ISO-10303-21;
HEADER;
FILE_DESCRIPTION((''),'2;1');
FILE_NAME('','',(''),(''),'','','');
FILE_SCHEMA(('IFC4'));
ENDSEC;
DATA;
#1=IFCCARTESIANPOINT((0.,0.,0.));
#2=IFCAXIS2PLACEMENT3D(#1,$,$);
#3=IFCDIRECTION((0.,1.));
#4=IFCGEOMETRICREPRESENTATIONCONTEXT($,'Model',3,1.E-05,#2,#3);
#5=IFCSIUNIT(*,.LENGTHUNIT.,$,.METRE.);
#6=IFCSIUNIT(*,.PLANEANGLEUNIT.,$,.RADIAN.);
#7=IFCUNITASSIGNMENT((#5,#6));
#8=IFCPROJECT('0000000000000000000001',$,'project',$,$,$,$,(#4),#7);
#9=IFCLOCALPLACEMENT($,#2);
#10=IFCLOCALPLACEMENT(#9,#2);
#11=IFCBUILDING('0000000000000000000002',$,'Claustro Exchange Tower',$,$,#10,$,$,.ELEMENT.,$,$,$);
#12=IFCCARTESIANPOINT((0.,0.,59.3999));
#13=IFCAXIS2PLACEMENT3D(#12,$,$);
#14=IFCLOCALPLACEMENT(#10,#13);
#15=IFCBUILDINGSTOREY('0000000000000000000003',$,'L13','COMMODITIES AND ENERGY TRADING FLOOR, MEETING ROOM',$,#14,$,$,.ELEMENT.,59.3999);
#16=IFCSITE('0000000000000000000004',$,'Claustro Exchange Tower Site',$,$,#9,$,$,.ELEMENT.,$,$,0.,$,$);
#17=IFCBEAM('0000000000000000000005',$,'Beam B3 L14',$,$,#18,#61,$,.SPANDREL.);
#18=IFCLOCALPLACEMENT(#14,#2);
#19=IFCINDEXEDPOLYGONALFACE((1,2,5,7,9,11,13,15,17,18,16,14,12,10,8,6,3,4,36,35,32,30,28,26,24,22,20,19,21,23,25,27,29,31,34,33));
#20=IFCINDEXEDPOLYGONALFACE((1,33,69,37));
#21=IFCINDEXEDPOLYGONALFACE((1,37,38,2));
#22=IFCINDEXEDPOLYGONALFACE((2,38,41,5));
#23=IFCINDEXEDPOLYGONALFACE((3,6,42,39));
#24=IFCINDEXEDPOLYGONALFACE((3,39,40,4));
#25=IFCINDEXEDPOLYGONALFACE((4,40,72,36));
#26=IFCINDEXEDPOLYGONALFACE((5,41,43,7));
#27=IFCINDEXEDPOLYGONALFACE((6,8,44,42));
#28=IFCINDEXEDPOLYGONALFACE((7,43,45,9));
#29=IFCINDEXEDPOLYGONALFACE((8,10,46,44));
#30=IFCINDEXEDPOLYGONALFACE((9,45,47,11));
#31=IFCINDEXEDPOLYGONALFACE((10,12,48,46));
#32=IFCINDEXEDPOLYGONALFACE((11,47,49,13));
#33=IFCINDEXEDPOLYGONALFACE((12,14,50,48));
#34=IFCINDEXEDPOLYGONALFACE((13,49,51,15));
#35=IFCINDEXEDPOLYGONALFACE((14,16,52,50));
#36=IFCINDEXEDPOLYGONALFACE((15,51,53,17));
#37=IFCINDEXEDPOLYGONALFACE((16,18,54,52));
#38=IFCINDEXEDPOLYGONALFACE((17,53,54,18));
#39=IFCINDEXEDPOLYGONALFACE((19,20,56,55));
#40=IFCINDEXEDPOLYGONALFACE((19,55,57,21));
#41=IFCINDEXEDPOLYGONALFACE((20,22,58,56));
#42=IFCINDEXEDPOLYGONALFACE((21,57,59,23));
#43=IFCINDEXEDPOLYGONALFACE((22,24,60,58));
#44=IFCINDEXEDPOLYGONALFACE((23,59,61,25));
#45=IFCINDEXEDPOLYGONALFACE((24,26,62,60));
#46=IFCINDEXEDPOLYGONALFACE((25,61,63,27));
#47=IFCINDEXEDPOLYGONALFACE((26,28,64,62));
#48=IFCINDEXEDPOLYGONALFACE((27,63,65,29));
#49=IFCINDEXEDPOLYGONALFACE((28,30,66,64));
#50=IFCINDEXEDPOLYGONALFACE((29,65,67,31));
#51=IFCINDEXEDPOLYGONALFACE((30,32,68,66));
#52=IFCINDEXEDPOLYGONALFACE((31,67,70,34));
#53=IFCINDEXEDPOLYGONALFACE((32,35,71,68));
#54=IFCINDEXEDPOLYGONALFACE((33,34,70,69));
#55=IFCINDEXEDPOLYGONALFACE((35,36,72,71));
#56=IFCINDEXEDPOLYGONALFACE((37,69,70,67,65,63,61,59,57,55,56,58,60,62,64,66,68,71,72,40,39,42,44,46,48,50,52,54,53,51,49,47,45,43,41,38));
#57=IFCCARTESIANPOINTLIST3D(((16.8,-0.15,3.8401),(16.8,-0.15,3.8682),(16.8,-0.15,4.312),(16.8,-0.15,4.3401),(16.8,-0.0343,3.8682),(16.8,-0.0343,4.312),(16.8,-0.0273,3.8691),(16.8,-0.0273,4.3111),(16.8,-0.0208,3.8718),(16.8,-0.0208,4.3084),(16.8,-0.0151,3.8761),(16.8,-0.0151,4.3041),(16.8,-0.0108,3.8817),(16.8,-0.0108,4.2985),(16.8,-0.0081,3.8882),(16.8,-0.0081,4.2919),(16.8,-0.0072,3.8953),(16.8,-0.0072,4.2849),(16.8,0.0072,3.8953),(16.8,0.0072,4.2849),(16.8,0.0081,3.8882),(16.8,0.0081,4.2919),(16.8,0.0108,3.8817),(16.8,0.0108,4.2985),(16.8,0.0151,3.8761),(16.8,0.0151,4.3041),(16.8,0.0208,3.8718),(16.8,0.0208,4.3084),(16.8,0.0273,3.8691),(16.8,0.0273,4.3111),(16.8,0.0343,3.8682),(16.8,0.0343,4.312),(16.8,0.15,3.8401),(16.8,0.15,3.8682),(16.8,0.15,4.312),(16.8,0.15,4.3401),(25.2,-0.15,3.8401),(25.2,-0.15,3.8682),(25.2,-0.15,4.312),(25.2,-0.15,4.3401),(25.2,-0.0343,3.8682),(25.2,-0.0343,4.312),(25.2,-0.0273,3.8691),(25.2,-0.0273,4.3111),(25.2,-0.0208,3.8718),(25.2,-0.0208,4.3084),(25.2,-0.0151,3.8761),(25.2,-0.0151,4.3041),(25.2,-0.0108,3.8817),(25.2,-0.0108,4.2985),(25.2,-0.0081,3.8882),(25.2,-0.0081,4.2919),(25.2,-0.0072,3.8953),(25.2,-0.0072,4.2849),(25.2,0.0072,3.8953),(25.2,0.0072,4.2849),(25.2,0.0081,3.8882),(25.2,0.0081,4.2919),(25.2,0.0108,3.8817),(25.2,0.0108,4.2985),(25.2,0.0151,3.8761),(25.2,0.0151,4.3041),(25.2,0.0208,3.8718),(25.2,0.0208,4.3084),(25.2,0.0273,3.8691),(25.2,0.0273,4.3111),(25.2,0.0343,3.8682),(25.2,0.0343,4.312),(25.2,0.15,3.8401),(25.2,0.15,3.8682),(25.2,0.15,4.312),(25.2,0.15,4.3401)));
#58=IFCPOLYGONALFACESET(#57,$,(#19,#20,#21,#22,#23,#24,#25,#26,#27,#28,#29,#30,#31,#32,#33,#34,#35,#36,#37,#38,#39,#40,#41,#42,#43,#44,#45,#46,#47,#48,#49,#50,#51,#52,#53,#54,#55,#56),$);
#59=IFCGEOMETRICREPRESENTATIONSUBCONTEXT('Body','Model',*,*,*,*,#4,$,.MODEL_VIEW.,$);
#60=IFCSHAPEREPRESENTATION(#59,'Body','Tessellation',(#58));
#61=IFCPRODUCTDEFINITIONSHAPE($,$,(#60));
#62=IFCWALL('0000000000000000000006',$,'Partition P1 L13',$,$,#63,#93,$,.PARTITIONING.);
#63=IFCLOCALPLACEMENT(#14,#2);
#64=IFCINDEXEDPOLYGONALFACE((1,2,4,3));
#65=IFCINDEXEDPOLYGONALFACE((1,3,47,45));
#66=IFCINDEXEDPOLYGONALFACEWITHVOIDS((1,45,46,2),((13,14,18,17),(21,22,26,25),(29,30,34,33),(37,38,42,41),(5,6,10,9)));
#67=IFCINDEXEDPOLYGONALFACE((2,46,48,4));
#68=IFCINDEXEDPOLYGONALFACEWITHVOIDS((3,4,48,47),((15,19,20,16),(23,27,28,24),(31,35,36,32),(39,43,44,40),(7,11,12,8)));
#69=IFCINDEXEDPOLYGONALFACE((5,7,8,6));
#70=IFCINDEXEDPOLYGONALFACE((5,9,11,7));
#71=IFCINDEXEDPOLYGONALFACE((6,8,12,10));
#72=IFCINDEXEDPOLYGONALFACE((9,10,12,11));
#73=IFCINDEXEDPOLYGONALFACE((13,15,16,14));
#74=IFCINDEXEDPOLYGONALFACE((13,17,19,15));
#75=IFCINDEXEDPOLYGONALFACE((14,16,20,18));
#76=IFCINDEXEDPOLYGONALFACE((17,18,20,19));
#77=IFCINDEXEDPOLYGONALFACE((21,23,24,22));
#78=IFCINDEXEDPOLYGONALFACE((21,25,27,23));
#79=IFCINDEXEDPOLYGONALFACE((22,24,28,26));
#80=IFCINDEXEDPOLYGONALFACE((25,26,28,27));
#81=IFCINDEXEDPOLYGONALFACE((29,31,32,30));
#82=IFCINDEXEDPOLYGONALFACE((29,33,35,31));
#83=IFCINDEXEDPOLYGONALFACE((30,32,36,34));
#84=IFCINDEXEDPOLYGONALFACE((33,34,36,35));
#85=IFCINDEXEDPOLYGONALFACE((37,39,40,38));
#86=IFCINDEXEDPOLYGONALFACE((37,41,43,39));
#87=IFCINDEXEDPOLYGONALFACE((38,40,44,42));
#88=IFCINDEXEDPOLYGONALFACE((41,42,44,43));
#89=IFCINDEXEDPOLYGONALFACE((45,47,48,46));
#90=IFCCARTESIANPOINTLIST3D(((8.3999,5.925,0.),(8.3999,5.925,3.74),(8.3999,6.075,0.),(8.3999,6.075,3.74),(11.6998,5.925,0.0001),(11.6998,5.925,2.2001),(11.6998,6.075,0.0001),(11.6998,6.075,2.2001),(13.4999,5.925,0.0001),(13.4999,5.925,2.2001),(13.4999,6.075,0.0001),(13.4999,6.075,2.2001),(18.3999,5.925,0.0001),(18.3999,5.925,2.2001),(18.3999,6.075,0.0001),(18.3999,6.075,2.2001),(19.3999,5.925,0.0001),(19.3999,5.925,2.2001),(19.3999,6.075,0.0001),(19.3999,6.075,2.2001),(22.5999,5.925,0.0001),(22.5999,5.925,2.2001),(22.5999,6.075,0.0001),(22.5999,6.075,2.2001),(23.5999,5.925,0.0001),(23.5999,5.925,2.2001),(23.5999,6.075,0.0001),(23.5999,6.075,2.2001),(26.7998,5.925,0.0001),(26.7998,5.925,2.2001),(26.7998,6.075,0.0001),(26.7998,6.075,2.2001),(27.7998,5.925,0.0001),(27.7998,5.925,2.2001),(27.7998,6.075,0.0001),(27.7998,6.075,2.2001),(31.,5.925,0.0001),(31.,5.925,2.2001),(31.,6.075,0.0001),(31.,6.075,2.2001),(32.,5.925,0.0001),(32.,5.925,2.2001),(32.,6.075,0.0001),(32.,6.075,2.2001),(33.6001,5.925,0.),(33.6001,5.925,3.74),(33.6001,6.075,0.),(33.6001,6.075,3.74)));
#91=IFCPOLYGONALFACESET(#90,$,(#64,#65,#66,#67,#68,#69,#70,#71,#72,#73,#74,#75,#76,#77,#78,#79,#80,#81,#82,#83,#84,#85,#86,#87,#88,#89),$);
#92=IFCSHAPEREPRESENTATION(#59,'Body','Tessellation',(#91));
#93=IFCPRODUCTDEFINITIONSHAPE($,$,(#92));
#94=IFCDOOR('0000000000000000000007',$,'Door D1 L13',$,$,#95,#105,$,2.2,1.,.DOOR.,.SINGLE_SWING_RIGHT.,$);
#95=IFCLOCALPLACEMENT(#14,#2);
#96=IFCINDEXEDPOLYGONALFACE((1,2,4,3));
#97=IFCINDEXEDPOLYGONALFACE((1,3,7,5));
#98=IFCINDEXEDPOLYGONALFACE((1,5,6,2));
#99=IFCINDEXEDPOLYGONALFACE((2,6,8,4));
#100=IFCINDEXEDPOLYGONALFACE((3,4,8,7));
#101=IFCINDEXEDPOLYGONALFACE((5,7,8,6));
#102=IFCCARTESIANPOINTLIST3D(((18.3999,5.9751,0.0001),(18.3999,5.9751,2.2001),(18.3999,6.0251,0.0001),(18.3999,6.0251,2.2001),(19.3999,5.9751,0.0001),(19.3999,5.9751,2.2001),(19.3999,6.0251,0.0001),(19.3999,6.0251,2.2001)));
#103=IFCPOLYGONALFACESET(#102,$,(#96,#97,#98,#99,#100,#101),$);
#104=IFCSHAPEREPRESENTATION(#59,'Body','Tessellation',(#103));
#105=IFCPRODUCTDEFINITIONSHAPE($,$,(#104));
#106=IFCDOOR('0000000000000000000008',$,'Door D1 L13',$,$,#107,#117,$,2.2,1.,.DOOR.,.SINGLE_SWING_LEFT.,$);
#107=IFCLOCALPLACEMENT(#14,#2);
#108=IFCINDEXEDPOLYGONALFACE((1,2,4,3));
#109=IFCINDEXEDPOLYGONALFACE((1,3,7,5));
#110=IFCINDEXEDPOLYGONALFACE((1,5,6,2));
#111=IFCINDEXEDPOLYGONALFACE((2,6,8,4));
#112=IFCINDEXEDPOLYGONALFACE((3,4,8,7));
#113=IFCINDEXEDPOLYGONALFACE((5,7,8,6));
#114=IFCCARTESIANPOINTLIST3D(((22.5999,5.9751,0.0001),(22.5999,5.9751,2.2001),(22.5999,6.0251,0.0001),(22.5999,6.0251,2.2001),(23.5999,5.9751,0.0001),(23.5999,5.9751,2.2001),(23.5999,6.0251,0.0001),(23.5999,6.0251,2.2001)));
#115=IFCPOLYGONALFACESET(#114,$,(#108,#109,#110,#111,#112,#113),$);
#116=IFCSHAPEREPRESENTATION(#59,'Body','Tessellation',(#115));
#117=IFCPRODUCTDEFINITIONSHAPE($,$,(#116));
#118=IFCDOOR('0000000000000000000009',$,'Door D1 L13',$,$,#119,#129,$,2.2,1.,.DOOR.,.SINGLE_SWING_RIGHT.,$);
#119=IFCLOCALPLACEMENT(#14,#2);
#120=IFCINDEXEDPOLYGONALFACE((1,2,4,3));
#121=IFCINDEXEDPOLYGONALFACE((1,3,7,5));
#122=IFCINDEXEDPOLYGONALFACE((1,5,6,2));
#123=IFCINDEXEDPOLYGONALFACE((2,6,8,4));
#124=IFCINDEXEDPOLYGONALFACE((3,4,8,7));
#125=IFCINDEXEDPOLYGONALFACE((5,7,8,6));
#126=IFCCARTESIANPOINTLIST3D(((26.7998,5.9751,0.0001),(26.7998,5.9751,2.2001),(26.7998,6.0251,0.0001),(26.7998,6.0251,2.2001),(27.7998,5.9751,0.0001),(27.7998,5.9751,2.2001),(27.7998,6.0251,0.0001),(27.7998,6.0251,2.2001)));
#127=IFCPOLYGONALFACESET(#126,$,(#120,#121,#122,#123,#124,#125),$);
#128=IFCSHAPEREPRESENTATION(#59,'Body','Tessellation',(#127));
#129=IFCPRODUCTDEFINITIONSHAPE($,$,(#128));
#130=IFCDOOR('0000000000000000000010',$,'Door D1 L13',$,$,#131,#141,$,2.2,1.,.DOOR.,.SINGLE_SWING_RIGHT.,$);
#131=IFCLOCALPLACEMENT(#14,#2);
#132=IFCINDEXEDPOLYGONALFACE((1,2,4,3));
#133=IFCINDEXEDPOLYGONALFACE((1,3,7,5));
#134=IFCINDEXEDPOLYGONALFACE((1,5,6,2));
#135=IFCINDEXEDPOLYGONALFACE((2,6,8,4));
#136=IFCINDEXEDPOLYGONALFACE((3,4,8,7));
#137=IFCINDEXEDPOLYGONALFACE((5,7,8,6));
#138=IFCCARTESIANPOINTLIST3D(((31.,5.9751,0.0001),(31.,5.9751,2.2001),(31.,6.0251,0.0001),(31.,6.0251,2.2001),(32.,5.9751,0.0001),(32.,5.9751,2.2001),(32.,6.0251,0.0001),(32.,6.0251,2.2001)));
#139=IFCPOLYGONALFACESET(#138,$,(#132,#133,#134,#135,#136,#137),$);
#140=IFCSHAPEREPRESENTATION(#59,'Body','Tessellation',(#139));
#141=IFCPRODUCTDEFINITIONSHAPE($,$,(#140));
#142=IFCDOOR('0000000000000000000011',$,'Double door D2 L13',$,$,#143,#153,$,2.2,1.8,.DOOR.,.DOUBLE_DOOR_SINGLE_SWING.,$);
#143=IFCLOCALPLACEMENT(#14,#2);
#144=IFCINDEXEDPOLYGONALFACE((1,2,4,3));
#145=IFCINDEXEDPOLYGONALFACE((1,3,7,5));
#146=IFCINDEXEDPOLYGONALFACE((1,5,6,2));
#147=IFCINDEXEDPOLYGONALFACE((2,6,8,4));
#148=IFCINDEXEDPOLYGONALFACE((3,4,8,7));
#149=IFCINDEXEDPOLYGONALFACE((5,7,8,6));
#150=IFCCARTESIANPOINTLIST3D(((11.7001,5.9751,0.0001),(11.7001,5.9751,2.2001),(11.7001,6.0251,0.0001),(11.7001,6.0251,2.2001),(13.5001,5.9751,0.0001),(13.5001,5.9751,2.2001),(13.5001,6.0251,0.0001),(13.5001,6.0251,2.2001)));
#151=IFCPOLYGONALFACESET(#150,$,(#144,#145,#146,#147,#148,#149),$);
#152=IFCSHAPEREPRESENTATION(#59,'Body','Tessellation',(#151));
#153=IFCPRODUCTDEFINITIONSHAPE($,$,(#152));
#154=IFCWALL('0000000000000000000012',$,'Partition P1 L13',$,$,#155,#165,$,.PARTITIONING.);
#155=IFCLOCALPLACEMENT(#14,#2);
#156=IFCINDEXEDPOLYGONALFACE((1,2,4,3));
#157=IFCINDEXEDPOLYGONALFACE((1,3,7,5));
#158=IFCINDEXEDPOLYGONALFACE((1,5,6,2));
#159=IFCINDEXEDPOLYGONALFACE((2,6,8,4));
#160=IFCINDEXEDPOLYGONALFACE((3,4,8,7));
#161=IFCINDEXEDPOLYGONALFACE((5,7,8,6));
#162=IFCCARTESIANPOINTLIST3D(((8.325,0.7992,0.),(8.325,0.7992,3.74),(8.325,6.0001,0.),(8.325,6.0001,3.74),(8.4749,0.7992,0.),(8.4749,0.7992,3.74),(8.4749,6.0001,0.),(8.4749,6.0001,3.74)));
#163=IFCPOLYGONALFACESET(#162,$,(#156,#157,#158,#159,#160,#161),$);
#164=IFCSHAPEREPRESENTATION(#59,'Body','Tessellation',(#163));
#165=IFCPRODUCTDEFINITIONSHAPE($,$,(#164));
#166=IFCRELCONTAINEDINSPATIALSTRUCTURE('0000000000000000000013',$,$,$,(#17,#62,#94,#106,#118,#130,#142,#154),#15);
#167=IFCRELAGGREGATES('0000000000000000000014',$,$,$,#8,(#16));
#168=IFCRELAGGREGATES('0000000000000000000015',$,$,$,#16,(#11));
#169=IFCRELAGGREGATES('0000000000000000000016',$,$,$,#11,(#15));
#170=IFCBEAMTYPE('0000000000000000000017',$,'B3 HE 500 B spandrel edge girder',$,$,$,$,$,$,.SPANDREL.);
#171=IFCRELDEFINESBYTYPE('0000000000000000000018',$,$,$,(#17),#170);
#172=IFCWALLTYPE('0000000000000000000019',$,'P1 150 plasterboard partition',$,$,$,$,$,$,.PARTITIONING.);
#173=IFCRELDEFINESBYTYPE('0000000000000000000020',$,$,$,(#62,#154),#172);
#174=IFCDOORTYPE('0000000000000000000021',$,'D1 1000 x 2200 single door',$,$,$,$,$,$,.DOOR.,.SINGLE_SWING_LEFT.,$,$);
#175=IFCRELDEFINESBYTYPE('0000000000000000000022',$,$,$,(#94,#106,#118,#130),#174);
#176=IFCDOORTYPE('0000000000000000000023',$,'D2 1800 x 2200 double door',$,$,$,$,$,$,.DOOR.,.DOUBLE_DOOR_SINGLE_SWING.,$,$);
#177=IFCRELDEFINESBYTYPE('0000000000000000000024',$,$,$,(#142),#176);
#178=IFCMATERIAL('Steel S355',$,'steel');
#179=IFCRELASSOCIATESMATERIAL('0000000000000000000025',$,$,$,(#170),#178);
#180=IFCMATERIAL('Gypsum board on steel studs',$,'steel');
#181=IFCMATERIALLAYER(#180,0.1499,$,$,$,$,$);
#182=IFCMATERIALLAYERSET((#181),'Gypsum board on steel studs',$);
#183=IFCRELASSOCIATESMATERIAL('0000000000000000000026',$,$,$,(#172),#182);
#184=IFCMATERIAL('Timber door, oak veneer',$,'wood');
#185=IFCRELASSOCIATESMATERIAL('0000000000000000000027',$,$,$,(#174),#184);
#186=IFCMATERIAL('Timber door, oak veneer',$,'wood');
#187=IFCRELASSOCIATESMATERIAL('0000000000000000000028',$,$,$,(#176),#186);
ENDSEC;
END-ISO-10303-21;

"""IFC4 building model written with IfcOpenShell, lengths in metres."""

from ifc_helpers import new_model, si_unit, direction, frame, frame_2d, origin, origin_2d, place, context, subcontext, project, spatial, rectangle, i_section, extrude, material, layer, layer_set, material_profile, profile_set, type_object, element, fill, save


model = new_model("IFC4")

# Units and contexts
model_context = context("Model", 3, precision=1e-05, world=origin(), true_north=direction((0.0, 1.0)))
body_context = subcontext(model_context, "Body", "Model", "MODEL_VIEW")
ifc_project = project(units=[si_unit("LENGTHUNIT", "METRE"), si_unit("PLANEANGLEUNIT", "RADIAN")], contexts=[model_context])

# Site, building, storey
site_placement = place(None, origin())
site = spatial("IfcSite", under=ifc_project, at=site_placement, Name="Claustro Exchange Tower Site", CompositionType="ELEMENT", RefElevation=0.0)
building_placement = place(site_placement, origin())
building = spatial("IfcBuilding", under=site, at=building_placement, Name="Claustro Exchange Tower", CompositionType="ELEMENT")
storey_placement = place(building_placement, frame((0.0, 0.0, 59.3999)))
storey = spatial("IfcBuildingStorey", under=building, at=storey_placement, Name="L13", Description="COMMODITIES AND ENERGY TRADING FLOOR, MEETING ROOM", CompositionType="ELEMENT", Elevation=59.3999)

# Beam
ifc_material_1 = material(Name="Steel S355", Category="steel")
ifc_material_profile_1 = material_profile(ifc_material_1, i_section(OverallWidth=0.3, OverallDepth=0.5, WebThickness=0.0144, FlangeThickness=0.0281, FilletRadius=0.0271, at=origin_2d()), Name="HE 500 B")
ifc_profile_set_1 = profile_set([ifc_material_profile_1], Name="Steel S355")
beam_type_1 = type_object("IfcBeamType", Name="B3 HE 500 B spandrel edge girder", PredefinedType="SPANDREL", material=ifc_profile_set_1)
beam_1_placement = place(storey_placement, frame((16.8, 0.0, 4.0901), z_axis=(1.0, 0.0, 0.0), x_axis=(0.0, 1.0, 0.0)))
element("IfcBeam", 1, at=beam_1_placement, inside=storey, type_object=beam_type_1, Name="Beam B3 L14", PredefinedType="SPANDREL", context=body_context, shape_type="SweptSolid", body=[
    extrude(i_section(OverallWidth=0.3, OverallDepth=0.5, WebThickness=0.0144, FlangeThickness=0.0281, FilletRadius=0.0271, at=origin_2d()), origin(), (0.0, 0.0, 1.0), 8.3999),
])

# Wall, openings, doors
ifc_material_2 = material(Name="Gypsum board on steel studs", Category="steel")
ifc_layer_1 = layer(ifc_material_2, 0.1499)
ifc_layer_set_1 = layer_set([ifc_layer_1], Name="Gypsum board on steel studs")
wall_type_1 = type_object("IfcWallType", Name="P1 150 plasterboard partition", PredefinedType="PARTITIONING", material=ifc_layer_set_1)
wall_1_placement = place(storey_placement, frame((8.3999, 6.0, 0.0), z_axis=(0.0, 0.0, 1.0), x_axis=(1.0, 0.0, 0.0)))
wall_1 = element("IfcWall", 2, at=wall_1_placement, inside=storey, type_object=wall_type_1, Name="Partition P1 L13", PredefinedType="PARTITIONING", context=body_context, shape_type="SweptSolid", body=[
    extrude(rectangle(XDim=25.2002, YDim=0.1499, at=frame_2d((12.6001, 0.0))), origin(), (0.0, 0.0, 1.0), 3.74),
])
opening_1_placement = place(wall_1_placement, frame((3.3, 0.0, 0.0)))
opening_1 = element("IfcOpeningElement", 3, at=opening_1_placement, cuts=wall_1, PredefinedType="OPENING", context=body_context, shape_type="SweptSolid", body=[
    extrude(rectangle(XDim=1.8, YDim=2.2, at=frame_2d((0.8999, 1.1001))), frame((0.0, 0.085, 0.0), z_axis=(0.0, -1.0, 0.0), x_axis=(1.0, 0.0, 0.0)), (0.0, 0.0, 1.0), 0.1699),
])
opening_2_placement = place(wall_1_placement, frame((10.0, 0.0, 0.0)))
opening_2 = element("IfcOpeningElement", 4, at=opening_2_placement, cuts=wall_1, PredefinedType="OPENING", context=body_context, shape_type="SweptSolid", body=[
    extrude(rectangle(XDim=1.0, YDim=2.2, at=frame_2d((0.5, 1.1001))), frame((0.0, 0.085, 0.0), z_axis=(0.0, -1.0, 0.0), x_axis=(1.0, 0.0, 0.0)), (0.0, 0.0, 1.0), 0.1699),
])
opening_3_placement = place(wall_1_placement, frame((14.2, 0.0, 0.0)))
opening_3 = element("IfcOpeningElement", 5, at=opening_3_placement, cuts=wall_1, PredefinedType="OPENING", context=body_context, shape_type="SweptSolid", body=[
    extrude(rectangle(XDim=1.0, YDim=2.2, at=frame_2d((0.5, 1.1001))), frame((0.0, 0.085, 0.0), z_axis=(0.0, -1.0, 0.0), x_axis=(1.0, 0.0, 0.0)), (0.0, 0.0, 1.0), 0.1699),
])
opening_4_placement = place(wall_1_placement, frame((18.3999, 0.0, 0.0)))
opening_4 = element("IfcOpeningElement", 6, at=opening_4_placement, cuts=wall_1, PredefinedType="OPENING", context=body_context, shape_type="SweptSolid", body=[
    extrude(rectangle(XDim=1.0, YDim=2.2, at=frame_2d((0.5, 1.1001))), frame((0.0, 0.085, 0.0), z_axis=(0.0, -1.0, 0.0), x_axis=(1.0, 0.0, 0.0)), (0.0, 0.0, 1.0), 0.1699),
])
opening_5_placement = place(wall_1_placement, frame((22.6001, 0.0, 0.0)))
opening_5 = element("IfcOpeningElement", 7, at=opening_5_placement, cuts=wall_1, PredefinedType="OPENING", context=body_context, shape_type="SweptSolid", body=[
    extrude(rectangle(XDim=1.0, YDim=2.2, at=frame_2d((0.5, 1.1001))), frame((0.0, 0.085, 0.0), z_axis=(0.0, -1.0, 0.0), x_axis=(1.0, 0.0, 0.0)), (0.0, 0.0, 1.0), 0.1699),
])
ifc_material_3 = material(Name="Timber door, oak veneer", Category="wood")
door_type_1 = type_object("IfcDoorType", Name="D1 1000 x 2200 single door", OperationType="SINGLE_SWING_LEFT", PredefinedType="DOOR", material=ifc_material_3)
door_1_placement = place(opening_2_placement, frame((1.0, 0.0, 0.0), z_axis=(0.0, 0.0, 1.0), x_axis=(-1.0, 0.0, 0.0)))
door_1 = element("IfcDoor", 8, at=door_1_placement, inside=storey, type_object=door_type_1, Name="Door D1 L13", OperationType="SINGLE_SWING_RIGHT", OverallHeight=2.2, OverallWidth=1.0, PredefinedType="DOOR", context=body_context, shape_type="SweptSolid", body=[
    extrude(rectangle(XDim=1.0, YDim=2.2, at=frame_2d((0.5, 1.1001))), frame((0.0, 0.0249, 0.0), z_axis=(0.0, -1.0, 0.0), x_axis=(1.0, 0.0, 0.0)), (0.0, 0.0, 1.0), 0.05),
])
fill(opening_2, door_1)
door_2_placement = place(opening_3_placement, frame((1.0, 0.0, 0.0), z_axis=(0.0, 0.0, 1.0), x_axis=(-1.0, 0.0, 0.0)))
door_2 = element("IfcDoor", 9, at=door_2_placement, inside=storey, type_object=door_type_1, Name="Door D1 L13", OperationType="SINGLE_SWING_LEFT", OverallHeight=2.2, OverallWidth=1.0, PredefinedType="DOOR", context=body_context, shape_type="SweptSolid", body=[
    extrude(rectangle(XDim=1.0, YDim=2.2, at=frame_2d((0.5, 1.1001))), frame((0.0, 0.0249, 0.0), z_axis=(0.0, -1.0, 0.0), x_axis=(1.0, 0.0, 0.0)), (0.0, 0.0, 1.0), 0.05),
])
fill(opening_3, door_2)
door_3_placement = place(opening_4_placement, frame((1.0, 0.0, 0.0), z_axis=(0.0, 0.0, 1.0), x_axis=(-1.0, 0.0, 0.0)))
door_3 = element("IfcDoor", 10, at=door_3_placement, inside=storey, type_object=door_type_1, Name="Door D1 L13", OperationType="SINGLE_SWING_RIGHT", OverallHeight=2.2, OverallWidth=1.0, PredefinedType="DOOR", context=body_context, shape_type="SweptSolid", body=[
    extrude(rectangle(XDim=1.0, YDim=2.2, at=frame_2d((0.5, 1.1001))), frame((0.0, 0.0249, 0.0), z_axis=(0.0, -1.0, 0.0), x_axis=(1.0, 0.0, 0.0)), (0.0, 0.0, 1.0), 0.05),
])
fill(opening_4, door_3)
door_4_placement = place(opening_5_placement, frame((1.0, 0.0, 0.0), z_axis=(0.0, 0.0, 1.0), x_axis=(-1.0, 0.0, 0.0)))
door_4 = element("IfcDoor", 11, at=door_4_placement, inside=storey, type_object=door_type_1, Name="Door D1 L13", OperationType="SINGLE_SWING_RIGHT", OverallHeight=2.2, OverallWidth=1.0, PredefinedType="DOOR", context=body_context, shape_type="SweptSolid", body=[
    extrude(rectangle(XDim=1.0, YDim=2.2, at=frame_2d((0.5, 1.1001))), frame((0.0, 0.0249, 0.0), z_axis=(0.0, -1.0, 0.0), x_axis=(1.0, 0.0, 0.0)), (0.0, 0.0, 1.0), 0.05),
])
fill(opening_5, door_4)
ifc_material_4 = material(Name="Timber door, oak veneer", Category="wood")
door_type_2 = type_object("IfcDoorType", Name="D2 1800 x 2200 double door", OperationType="DOUBLE_DOOR_SINGLE_SWING", PredefinedType="DOOR", material=ifc_material_4)
door_5_placement = place(opening_1_placement, frame((1.8, 0.0, 0.0), z_axis=(0.0, 0.0, 1.0), x_axis=(-1.0, 0.0, 0.0)))
door_5 = element("IfcDoor", 12, at=door_5_placement, inside=storey, type_object=door_type_2, Name="Double door D2 L13", OperationType="DOUBLE_DOOR_SINGLE_SWING", OverallHeight=2.2, OverallWidth=1.8, PredefinedType="DOOR", context=body_context, shape_type="SweptSolid", body=[
    extrude(rectangle(XDim=1.8, YDim=2.2, at=frame_2d((0.8999, 1.1001))), frame((0.0, 0.0249, 0.0), z_axis=(0.0, -1.0, 0.0), x_axis=(1.0, 0.0, 0.0)), (0.0, 0.0, 1.0), 0.05),
])
fill(opening_1, door_5)

# Wall
wall_2_placement = place(storey_placement, frame((8.3999, 0.7991, 0.0), z_axis=(0.0, 0.0, 1.0), x_axis=(0.0, 1.0, 0.0)))
element("IfcWall", 13, at=wall_2_placement, inside=storey, type_object=wall_type_1, Name="Partition P1 L13", PredefinedType="PARTITIONING", context=body_context, shape_type="SweptSolid", body=[
    extrude(rectangle(XDim=5.2009, YDim=0.1499, at=frame_2d((2.6006, 0.0))), origin(), (0.0, 0.0, 1.0), 3.74),
])

save(model, "model.ifc")
